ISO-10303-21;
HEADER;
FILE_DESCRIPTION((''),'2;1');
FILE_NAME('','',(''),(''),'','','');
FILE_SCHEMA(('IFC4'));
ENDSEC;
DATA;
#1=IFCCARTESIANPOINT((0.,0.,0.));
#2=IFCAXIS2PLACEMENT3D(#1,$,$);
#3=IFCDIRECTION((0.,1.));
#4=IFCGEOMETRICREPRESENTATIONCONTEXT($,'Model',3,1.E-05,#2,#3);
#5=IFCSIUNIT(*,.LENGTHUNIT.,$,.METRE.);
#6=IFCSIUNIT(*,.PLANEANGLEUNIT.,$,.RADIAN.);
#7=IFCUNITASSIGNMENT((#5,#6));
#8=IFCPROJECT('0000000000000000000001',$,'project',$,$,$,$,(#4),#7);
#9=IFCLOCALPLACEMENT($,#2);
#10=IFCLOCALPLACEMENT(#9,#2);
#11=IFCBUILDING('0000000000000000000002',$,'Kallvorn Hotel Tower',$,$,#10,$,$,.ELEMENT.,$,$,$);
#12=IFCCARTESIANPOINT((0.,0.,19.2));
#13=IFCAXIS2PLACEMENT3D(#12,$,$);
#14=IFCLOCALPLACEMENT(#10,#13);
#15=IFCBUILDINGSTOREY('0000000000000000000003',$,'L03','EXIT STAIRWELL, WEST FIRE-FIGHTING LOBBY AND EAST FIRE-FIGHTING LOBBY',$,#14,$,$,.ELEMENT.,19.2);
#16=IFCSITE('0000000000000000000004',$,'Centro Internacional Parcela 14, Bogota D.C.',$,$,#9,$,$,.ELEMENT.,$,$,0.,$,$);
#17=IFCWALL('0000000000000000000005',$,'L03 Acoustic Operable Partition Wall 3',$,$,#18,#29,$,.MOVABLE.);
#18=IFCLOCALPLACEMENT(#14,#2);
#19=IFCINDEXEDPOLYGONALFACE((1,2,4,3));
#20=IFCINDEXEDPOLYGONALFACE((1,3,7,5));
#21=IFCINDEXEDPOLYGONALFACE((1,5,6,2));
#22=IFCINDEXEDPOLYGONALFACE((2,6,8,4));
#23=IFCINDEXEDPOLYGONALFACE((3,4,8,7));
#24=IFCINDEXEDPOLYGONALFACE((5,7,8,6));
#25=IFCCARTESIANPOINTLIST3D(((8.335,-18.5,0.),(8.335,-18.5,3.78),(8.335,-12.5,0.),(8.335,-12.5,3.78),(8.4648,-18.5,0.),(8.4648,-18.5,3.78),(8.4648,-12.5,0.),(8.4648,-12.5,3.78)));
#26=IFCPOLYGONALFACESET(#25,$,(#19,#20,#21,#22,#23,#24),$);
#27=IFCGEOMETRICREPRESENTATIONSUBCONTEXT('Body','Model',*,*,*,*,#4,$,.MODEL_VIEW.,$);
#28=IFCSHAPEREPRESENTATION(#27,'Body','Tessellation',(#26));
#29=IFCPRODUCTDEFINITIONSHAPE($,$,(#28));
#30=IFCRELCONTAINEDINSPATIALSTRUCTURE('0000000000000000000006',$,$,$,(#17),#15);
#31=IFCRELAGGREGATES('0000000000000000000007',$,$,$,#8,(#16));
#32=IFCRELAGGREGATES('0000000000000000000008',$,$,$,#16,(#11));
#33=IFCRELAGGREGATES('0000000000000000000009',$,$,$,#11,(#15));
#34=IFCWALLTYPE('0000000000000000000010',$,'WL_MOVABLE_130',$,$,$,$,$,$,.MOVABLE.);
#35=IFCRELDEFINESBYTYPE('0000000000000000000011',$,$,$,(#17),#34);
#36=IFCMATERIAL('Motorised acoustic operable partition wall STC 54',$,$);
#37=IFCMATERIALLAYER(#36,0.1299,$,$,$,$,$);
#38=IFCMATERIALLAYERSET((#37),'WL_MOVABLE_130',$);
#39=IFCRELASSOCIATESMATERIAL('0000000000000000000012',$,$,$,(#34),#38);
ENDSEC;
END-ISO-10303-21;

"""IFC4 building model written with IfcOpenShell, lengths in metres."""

from ifc_helpers import new_model, si_unit, direction, frame, frame_2d, origin, place, context, subcontext, project, spatial, rectangle, extrude, material, layer, layer_set, type_object, element, save


model = new_model("IFC4")

# Units and contexts
model_context = context("Model", 3, precision=1e-05, world=origin(), true_north=direction((0.0, 1.0)))
body_context = subcontext(model_context, "Body", "Model", "MODEL_VIEW")
ifc_project = project(units=[si_unit("LENGTHUNIT", "METRE"), si_unit("PLANEANGLEUNIT", "RADIAN")], contexts=[model_context])

# Site, building, storey
site_placement = place(None, origin())
site = spatial("IfcSite", under=ifc_project, at=site_placement, Name="Centro Internacional Parcela 14, Bogota D.C.", CompositionType="ELEMENT", RefElevation=0.0)
building_placement = place(site_placement, origin())
building = spatial("IfcBuilding", under=site, at=building_placement, Name="Kallvorn Hotel Tower", CompositionType="ELEMENT")
storey_placement = place(building_placement, frame((0.0, 0.0, 19.2)))
storey = spatial("IfcBuildingStorey", under=building, at=storey_placement, Name="L03", Description="EXIT STAIRWELL, WEST FIRE-FIGHTING LOBBY AND EAST FIRE-FIGHTING LOBBY", CompositionType="ELEMENT", Elevation=19.2)

# Wall
ifc_material_1 = material(Name="Motorised acoustic operable partition wall STC 54")
ifc_layer_1 = layer(ifc_material_1, 0.1299)
ifc_layer_set_1 = layer_set([ifc_layer_1], Name="WL_MOVABLE_130")
wall_type_1 = type_object("IfcWallType", Name="WL_MOVABLE_130", PredefinedType="MOVABLE", material=ifc_layer_set_1)
for number, where, z_axis, x_axis, name in (
    (1, (8.3999, -18.5, 0.0), (0.0, 0.0, 1.0), (0.0, 1.0, 0.0), "L03 Acoustic Operable Partition Wall 3"),
):
    element("IfcWall", number, at=place(storey_placement, frame(where, z_axis=z_axis, x_axis=x_axis)), inside=storey, type_object=wall_type_1, Name=name, PredefinedType="MOVABLE", context=body_context, shape_type="SweptSolid", body=[
        extrude(rectangle(XDim=6.0, YDim=0.1299, at=frame_2d((3.0, 0.0))), origin(), (0.0, 0.0, 1.0), 3.78),
    ])

save(model, "model.ifc")
